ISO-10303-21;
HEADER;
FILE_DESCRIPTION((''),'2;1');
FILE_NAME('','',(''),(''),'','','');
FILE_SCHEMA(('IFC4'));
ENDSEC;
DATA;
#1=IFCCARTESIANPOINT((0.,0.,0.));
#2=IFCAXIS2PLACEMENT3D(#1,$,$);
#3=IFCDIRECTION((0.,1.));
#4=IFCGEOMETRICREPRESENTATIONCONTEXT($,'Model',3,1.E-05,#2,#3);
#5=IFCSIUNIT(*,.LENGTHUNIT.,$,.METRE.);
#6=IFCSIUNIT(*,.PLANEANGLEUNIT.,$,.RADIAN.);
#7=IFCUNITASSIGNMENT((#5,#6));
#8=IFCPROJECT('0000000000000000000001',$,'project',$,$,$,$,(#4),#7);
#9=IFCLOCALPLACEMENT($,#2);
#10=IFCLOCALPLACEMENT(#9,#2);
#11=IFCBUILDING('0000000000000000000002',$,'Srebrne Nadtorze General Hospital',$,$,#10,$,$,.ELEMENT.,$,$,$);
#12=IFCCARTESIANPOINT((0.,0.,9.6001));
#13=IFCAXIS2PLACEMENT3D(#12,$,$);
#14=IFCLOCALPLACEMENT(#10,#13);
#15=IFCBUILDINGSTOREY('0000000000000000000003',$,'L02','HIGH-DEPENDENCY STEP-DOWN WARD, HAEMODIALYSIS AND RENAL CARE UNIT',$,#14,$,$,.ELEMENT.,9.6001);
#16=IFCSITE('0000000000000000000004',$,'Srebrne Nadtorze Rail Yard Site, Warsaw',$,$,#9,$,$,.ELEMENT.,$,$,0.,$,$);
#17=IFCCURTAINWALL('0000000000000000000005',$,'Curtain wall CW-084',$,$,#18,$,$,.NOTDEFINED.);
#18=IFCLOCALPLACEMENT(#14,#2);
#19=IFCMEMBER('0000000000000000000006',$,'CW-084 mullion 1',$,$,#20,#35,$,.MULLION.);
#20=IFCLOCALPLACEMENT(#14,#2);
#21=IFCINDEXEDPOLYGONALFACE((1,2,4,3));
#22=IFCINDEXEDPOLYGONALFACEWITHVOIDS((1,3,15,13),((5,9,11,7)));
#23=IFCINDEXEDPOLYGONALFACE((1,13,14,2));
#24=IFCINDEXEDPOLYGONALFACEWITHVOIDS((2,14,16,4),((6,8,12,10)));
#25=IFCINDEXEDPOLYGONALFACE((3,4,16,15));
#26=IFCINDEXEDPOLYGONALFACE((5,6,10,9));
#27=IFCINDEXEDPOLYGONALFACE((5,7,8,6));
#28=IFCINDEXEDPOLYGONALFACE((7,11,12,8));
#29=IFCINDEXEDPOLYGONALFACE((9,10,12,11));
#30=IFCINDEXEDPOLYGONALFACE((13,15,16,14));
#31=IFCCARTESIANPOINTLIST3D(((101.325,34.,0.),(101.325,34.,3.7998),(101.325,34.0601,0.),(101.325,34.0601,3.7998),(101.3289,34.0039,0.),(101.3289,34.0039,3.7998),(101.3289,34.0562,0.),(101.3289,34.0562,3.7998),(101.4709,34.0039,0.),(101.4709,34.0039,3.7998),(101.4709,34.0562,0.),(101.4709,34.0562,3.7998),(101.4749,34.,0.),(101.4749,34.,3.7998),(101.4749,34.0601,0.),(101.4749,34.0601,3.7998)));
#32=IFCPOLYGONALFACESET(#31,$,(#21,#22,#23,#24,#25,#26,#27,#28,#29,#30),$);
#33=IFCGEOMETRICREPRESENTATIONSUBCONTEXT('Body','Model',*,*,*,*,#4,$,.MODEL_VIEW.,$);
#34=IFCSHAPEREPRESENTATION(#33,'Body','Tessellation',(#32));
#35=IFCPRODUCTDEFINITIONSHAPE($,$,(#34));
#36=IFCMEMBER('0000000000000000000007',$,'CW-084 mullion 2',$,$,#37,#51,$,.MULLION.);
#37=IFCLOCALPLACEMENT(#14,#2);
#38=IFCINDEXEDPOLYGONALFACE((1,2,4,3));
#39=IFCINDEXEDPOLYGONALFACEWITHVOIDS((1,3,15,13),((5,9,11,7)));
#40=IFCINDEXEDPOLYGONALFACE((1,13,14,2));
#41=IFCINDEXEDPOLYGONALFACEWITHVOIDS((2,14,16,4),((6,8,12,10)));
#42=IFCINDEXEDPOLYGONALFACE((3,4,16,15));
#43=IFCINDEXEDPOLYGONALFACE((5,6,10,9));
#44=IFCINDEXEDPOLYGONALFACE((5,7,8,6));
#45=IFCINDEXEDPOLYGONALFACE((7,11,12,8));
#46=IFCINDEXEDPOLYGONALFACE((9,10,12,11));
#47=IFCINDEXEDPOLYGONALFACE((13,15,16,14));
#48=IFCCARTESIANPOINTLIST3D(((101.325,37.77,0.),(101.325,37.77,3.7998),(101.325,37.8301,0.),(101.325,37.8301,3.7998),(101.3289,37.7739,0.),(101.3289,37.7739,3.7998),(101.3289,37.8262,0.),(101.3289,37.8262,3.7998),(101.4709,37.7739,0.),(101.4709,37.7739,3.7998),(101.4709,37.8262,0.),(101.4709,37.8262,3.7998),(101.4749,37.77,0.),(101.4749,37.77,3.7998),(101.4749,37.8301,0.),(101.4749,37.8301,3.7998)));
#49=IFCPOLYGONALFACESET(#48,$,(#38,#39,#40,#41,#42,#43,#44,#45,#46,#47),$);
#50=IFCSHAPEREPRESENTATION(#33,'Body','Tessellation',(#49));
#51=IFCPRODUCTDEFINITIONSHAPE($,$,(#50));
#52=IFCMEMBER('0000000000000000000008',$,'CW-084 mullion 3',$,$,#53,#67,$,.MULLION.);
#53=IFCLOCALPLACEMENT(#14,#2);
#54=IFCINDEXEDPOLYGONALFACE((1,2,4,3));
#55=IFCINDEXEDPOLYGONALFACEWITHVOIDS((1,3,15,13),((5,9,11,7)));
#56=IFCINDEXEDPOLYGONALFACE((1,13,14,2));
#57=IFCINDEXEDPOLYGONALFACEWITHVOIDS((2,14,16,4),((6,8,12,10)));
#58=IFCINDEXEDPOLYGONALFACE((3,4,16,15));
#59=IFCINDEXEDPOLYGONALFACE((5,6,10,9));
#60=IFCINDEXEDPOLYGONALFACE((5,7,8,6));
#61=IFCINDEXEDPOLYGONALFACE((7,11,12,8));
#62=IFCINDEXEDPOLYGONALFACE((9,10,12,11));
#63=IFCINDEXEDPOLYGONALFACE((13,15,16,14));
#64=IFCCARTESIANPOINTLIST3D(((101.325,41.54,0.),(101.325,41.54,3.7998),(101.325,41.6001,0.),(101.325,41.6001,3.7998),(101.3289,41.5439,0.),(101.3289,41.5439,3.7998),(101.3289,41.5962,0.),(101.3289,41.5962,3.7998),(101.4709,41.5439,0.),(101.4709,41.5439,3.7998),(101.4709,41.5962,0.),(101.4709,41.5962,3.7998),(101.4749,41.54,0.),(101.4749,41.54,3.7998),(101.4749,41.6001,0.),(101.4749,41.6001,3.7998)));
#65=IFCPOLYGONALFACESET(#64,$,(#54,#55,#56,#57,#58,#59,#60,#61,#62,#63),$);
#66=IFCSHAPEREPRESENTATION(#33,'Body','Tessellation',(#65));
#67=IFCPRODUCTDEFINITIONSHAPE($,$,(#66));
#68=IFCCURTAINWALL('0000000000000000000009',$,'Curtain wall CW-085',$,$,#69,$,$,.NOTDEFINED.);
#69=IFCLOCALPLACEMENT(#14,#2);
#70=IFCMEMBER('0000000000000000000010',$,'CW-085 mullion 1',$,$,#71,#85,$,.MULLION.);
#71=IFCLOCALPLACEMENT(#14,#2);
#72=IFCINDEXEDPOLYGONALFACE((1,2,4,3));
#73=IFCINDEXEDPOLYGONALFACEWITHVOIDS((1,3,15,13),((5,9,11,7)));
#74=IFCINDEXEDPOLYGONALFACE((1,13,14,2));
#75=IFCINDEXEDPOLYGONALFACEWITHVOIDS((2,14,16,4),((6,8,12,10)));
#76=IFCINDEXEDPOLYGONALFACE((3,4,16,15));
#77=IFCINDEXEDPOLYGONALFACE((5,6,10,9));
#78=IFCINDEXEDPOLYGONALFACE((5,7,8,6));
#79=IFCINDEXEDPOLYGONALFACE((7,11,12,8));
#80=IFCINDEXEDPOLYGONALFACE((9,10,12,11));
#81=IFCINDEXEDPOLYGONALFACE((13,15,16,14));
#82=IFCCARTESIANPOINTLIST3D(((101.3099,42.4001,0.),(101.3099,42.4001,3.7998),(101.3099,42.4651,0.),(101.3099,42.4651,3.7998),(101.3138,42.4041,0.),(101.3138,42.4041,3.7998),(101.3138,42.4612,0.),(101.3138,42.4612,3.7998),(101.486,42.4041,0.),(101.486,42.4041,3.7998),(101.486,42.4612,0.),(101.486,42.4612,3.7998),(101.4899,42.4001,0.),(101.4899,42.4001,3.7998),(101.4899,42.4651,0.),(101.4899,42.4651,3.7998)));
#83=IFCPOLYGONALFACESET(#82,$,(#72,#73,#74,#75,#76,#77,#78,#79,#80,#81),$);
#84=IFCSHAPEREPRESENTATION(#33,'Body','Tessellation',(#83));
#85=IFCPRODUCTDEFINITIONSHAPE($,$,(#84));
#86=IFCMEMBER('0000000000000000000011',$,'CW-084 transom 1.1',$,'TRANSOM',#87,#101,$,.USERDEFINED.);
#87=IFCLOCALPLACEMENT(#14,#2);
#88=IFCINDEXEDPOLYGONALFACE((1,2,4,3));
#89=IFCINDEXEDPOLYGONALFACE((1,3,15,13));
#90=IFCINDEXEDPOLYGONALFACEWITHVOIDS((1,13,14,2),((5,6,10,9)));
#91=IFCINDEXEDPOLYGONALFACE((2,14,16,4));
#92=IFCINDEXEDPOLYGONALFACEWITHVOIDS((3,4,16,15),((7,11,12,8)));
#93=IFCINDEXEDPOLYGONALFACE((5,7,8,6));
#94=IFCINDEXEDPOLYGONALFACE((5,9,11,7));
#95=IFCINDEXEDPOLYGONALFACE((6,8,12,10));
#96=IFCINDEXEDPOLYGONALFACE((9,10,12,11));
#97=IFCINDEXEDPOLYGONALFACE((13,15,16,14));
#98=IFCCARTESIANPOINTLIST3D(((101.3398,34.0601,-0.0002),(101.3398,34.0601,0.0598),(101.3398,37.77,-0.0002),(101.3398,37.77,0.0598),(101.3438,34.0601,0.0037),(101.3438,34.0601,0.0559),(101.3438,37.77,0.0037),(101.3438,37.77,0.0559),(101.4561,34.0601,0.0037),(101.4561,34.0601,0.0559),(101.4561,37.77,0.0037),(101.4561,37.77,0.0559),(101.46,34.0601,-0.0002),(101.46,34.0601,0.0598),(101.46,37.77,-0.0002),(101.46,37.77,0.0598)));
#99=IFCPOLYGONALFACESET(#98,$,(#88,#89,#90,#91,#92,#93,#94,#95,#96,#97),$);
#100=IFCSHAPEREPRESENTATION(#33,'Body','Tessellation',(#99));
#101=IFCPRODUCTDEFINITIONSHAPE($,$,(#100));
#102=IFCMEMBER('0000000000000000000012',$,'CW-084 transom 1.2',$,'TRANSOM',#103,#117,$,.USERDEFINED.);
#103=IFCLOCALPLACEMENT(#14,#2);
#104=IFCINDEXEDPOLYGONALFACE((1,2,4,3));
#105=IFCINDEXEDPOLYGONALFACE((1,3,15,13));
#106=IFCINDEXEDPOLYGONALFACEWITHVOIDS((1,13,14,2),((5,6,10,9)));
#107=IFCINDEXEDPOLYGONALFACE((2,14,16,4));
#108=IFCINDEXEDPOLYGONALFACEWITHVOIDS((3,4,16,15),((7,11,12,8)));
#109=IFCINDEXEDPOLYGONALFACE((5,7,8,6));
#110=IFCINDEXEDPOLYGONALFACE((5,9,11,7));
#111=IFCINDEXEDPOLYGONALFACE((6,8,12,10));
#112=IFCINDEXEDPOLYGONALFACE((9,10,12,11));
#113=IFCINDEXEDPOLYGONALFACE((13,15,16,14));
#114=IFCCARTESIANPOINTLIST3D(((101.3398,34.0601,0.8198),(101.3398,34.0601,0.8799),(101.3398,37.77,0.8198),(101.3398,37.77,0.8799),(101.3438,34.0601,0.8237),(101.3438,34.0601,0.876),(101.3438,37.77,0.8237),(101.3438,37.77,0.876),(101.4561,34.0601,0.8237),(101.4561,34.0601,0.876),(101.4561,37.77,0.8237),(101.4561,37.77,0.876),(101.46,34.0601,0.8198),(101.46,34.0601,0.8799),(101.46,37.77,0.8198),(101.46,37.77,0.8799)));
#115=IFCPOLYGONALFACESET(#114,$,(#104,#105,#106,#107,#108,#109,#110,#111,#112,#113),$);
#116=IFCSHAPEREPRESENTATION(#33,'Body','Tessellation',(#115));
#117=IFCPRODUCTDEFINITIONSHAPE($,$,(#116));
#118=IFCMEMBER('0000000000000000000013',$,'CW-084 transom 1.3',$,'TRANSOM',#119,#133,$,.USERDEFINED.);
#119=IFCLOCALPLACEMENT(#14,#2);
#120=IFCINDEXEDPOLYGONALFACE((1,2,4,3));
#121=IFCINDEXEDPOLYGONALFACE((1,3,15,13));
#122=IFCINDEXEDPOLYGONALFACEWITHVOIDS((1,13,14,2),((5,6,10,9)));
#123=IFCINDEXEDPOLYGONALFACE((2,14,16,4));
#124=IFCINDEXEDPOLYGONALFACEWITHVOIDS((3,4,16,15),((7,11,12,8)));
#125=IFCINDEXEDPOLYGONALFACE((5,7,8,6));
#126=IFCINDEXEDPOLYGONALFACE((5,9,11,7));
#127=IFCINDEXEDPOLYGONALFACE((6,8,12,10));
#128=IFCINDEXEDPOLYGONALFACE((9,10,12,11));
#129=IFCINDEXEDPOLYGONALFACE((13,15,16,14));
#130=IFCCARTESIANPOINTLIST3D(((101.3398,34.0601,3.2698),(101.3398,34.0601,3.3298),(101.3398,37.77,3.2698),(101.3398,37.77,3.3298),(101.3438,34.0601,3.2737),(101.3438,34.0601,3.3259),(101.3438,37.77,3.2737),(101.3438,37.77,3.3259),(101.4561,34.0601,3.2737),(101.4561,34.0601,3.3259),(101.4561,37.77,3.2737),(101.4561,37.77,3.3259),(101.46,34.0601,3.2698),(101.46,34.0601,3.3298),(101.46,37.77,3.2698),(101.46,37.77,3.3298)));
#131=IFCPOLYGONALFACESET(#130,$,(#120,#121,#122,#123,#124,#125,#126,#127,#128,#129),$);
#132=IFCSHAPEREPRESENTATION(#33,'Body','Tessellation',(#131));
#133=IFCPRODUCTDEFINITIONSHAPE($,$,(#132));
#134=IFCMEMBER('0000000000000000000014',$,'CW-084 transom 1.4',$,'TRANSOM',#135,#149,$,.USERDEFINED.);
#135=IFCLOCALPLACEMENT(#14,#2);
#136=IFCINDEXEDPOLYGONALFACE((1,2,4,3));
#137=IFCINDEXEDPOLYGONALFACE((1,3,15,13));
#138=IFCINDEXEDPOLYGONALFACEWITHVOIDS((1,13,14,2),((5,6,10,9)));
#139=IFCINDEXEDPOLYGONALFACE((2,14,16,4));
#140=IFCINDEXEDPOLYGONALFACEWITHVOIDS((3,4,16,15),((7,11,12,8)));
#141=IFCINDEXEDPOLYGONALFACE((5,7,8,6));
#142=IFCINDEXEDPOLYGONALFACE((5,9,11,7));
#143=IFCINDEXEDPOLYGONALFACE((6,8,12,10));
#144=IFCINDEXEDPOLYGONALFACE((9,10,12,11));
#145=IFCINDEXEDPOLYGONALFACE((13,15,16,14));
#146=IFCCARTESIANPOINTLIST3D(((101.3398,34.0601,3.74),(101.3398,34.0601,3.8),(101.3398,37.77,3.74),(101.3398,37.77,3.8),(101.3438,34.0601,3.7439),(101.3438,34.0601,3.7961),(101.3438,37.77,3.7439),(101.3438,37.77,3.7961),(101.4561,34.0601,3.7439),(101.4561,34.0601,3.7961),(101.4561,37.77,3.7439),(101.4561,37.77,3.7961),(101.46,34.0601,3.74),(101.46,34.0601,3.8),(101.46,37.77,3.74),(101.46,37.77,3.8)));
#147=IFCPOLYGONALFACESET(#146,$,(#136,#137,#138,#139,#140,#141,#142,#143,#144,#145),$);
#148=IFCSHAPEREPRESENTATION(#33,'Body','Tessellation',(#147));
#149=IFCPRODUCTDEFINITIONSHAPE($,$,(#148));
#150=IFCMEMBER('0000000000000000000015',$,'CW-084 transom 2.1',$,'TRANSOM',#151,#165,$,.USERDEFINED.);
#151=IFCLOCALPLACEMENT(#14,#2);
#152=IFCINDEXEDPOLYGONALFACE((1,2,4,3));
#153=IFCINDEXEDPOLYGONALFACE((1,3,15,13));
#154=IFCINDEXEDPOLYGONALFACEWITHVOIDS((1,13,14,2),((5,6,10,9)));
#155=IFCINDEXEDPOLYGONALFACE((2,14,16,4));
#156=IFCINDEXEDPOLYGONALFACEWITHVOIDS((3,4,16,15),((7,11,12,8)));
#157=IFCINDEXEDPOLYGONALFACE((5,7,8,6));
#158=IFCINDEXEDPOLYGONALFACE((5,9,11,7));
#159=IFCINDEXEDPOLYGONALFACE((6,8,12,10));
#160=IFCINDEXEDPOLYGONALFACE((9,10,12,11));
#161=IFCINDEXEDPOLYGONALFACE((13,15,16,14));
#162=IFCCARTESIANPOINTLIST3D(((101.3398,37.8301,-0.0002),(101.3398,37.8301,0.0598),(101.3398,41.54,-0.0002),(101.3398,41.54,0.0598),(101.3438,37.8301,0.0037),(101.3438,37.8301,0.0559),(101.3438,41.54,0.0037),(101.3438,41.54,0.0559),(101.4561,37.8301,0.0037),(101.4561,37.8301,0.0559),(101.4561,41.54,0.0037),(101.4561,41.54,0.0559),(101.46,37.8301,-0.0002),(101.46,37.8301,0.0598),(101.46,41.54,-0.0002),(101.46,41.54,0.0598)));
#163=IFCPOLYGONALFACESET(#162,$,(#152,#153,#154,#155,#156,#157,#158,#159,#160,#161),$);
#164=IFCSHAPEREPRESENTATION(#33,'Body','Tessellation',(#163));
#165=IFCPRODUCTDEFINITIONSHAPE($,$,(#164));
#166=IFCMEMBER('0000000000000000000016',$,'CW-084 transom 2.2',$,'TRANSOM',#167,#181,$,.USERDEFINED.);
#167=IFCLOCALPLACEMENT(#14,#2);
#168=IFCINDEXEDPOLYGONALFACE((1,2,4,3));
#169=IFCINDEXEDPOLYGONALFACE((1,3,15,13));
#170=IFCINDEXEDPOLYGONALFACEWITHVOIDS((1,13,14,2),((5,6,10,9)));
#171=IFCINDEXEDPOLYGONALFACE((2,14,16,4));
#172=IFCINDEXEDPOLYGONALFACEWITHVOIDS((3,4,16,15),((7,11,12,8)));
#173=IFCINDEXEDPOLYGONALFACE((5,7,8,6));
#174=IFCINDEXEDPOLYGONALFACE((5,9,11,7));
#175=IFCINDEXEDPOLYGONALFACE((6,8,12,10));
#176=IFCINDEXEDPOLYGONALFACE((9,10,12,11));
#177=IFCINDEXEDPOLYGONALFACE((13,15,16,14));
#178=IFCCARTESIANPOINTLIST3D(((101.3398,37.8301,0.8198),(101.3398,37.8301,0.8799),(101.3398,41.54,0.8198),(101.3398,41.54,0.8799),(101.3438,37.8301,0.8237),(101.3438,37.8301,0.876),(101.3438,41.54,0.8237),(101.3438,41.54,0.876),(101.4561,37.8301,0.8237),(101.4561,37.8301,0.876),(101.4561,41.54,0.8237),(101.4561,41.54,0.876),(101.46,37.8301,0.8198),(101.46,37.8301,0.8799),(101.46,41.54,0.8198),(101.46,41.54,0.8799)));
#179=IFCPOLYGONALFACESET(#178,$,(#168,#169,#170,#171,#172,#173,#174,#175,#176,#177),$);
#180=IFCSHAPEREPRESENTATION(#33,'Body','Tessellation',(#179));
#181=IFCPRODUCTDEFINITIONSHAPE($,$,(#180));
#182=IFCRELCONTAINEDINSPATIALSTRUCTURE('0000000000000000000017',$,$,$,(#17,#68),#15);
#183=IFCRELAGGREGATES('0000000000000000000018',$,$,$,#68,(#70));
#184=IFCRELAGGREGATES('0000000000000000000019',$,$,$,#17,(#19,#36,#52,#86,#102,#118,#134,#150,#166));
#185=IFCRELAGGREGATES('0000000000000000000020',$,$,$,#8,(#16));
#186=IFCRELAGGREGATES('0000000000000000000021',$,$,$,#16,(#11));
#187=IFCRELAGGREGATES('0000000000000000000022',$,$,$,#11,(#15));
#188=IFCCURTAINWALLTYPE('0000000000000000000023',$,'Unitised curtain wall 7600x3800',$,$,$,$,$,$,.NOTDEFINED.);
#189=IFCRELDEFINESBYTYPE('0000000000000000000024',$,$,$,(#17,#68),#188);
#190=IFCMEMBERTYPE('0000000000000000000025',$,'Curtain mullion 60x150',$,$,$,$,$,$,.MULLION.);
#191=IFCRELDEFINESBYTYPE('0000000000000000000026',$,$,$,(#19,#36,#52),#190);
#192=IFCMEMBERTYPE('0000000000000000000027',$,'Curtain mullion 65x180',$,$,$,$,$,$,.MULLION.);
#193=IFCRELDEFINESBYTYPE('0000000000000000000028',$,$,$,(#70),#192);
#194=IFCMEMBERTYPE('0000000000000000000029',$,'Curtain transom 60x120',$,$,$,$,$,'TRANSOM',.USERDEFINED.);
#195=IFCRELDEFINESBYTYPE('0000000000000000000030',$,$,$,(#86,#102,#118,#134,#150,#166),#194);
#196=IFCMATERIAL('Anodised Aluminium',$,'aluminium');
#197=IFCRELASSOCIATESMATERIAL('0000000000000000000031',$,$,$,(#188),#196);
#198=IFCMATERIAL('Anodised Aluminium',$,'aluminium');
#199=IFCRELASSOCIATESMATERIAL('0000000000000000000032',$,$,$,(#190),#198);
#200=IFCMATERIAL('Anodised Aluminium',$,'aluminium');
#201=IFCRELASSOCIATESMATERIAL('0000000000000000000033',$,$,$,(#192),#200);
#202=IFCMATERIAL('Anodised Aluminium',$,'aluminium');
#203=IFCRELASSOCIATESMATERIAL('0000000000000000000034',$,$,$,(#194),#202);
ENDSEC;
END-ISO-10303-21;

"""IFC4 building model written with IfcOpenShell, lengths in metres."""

from ifc_helpers import new_model, si_unit, direction, frame, origin, origin_2d, place, context, subcontext, project, spatial, hollow_rectangle, extrude, material, material_profile, profile_set, type_object, element, aggregate, save


model = new_model("IFC4")

# Units and contexts
model_context = context("Model", 3, precision=1e-05, world=origin(), true_north=direction((0.0, 1.0)))
body_context = subcontext(model_context, "Body", "Model", "MODEL_VIEW")
ifc_project = project(units=[si_unit("LENGTHUNIT", "METRE"), si_unit("PLANEANGLEUNIT", "RADIAN")], contexts=[model_context])

# Site, building, storey
site_placement = place(None, origin())
site = spatial("IfcSite", under=ifc_project, at=site_placement, Name="Srebrne Nadtorze Rail Yard Site, Warsaw", CompositionType="ELEMENT", RefElevation=0.0)
building_placement = place(site_placement, origin())
building = spatial("IfcBuilding", under=site, at=building_placement, Name="Srebrne Nadtorze General Hospital", CompositionType="ELEMENT")
storey_placement = place(building_placement, frame((0.0, 0.0, 9.6001)))
storey = spatial("IfcBuildingStorey", under=building, at=storey_placement, Name="L02", Description="HIGH-DEPENDENCY STEP-DOWN WARD, HAEMODIALYSIS AND RENAL CARE UNIT", CompositionType="ELEMENT", Elevation=9.6001)

# Curtain wall, members
ifc_material_1 = material(Name="Anodised Aluminium", Category="aluminium")
curtain_wall_type = type_object("IfcCurtainWallType", Name="Unitised curtain wall 7600x3800", PredefinedType="NOTDEFINED", material=ifc_material_1)
curtain_wall_1_placement = place(storey_placement, origin())
curtain_wall_1 = element("IfcCurtainWall", 1, at=curtain_wall_1_placement, inside=storey, type_object=curtain_wall_type, Name="Curtain wall CW-084", PredefinedType="NOTDEFINED")
ifc_material_2 = material(Name="Anodised Aluminium", Category="aluminium")
ifc_material_profile_1 = material_profile(ifc_material_2, hollow_rectangle(XDim=0.0601, YDim=0.1499, WallThickness=0.0039, at=origin_2d()), Name="AL-MUL-60x150")
ifc_profile_set_1 = profile_set([ifc_material_profile_1], Name="Anodised Aluminium")
member_type_1 = type_object("IfcMemberType", Name="Curtain mullion 60x150", PredefinedType="MULLION", material=ifc_profile_set_1)
member_1_placement = place(storey_placement, frame((101.3999, 34.03, 0.0), z_axis=(0.0, 0.0, 1.0), x_axis=(0.0, 1.0, 0.0)))
member_1 = element("IfcMember", 2, at=member_1_placement, type_object=member_type_1, Name="CW-084 mullion 1", PredefinedType="MULLION", context=body_context, shape_type="SweptSolid", body=[
    extrude(hollow_rectangle(XDim=0.0601, YDim=0.1499, WallThickness=0.0039, at=origin_2d()), origin(), (0.0, 0.0, 1.0), 3.7998),
])
member_2_placement = place(storey_placement, frame((101.3999, 37.8, 0.0), z_axis=(0.0, 0.0, 1.0), x_axis=(0.0, 1.0, 0.0)))
member_2 = element("IfcMember", 3, at=member_2_placement, type_object=member_type_1, Name="CW-084 mullion 2", PredefinedType="MULLION", context=body_context, shape_type="SweptSolid", body=[
    extrude(hollow_rectangle(XDim=0.0601, YDim=0.1499, WallThickness=0.0039, at=origin_2d()), origin(), (0.0, 0.0, 1.0), 3.7998),
])
member_3_placement = place(storey_placement, frame((101.3999, 41.5701, 0.0), z_axis=(0.0, 0.0, 1.0), x_axis=(0.0, 1.0, 0.0)))
member_3 = element("IfcMember", 4, at=member_3_placement, type_object=member_type_1, Name="CW-084 mullion 3", PredefinedType="MULLION", context=body_context, shape_type="SweptSolid", body=[
    extrude(hollow_rectangle(XDim=0.0601, YDim=0.1499, WallThickness=0.0039, at=origin_2d()), origin(), (0.0, 0.0, 1.0), 3.7998),
])

# Curtain wall, member
curtain_wall_2_placement = place(storey_placement, origin())
curtain_wall_2 = element("IfcCurtainWall", 5, at=curtain_wall_2_placement, inside=storey, type_object=curtain_wall_type, Name="Curtain wall CW-085", PredefinedType="NOTDEFINED")
ifc_material_3 = material(Name="Anodised Aluminium", Category="aluminium")
ifc_material_profile_2 = material_profile(ifc_material_3, hollow_rectangle(XDim=0.0649, YDim=0.1799, WallThickness=0.0039, at=origin_2d()), Name="AL-MUL-65x180")
ifc_profile_set_2 = profile_set([ifc_material_profile_2], Name="Anodised Aluminium")
member_type_2 = type_object("IfcMemberType", Name="Curtain mullion 65x180", PredefinedType="MULLION", material=ifc_profile_set_2)
member_4_placement = place(storey_placement, frame((101.3999, 42.4326, 0.0), z_axis=(0.0, 0.0, 1.0), x_axis=(0.0, 1.0, 0.0)))
member_4 = element("IfcMember", 6, at=member_4_placement, type_object=member_type_2, Name="CW-085 mullion 1", PredefinedType="MULLION", context=body_context, shape_type="SweptSolid", body=[
    extrude(hollow_rectangle(XDim=0.0649, YDim=0.1799, WallThickness=0.0039, at=origin_2d()), origin(), (0.0, 0.0, 1.0), 3.7998),
])
aggregate(curtain_wall_2, [member_4])

# Members
ifc_material_4 = material(Name="Anodised Aluminium", Category="aluminium")
ifc_material_profile_3 = material_profile(ifc_material_4, hollow_rectangle(XDim=0.0601, YDim=0.1201, WallThickness=0.0039, at=origin_2d()), Name="AL-TRN-60x120")
ifc_profile_set_3 = profile_set([ifc_material_profile_3], Name="Anodised Aluminium")
member_type_3 = type_object("IfcMemberType", Name="Curtain transom 60x120", ElementType="TRANSOM", PredefinedType="USERDEFINED", material=ifc_profile_set_3)
member_5_placement = place(storey_placement, frame((101.3999, 34.0601, 0.0298), z_axis=(0.0, 1.0, 0.0), x_axis=(0.0, 0.0, 1.0)))
member_5 = element("IfcMember", 7, at=member_5_placement, type_object=member_type_3, Name="CW-084 transom 1.1", ObjectType="TRANSOM", PredefinedType="USERDEFINED", context=body_context, shape_type="SweptSolid", body=[
    extrude(hollow_rectangle(XDim=0.0601, YDim=0.1201, WallThickness=0.0039, at=origin_2d()), origin(), (0.0, 0.0, 1.0), 3.71),
])
member_6_placement = place(storey_placement, frame((101.3999, 34.0601, 0.8499), z_axis=(0.0, 1.0, 0.0), x_axis=(0.0, 0.0, 1.0)))
member_6 = element("IfcMember", 8, at=member_6_placement, type_object=member_type_3, Name="CW-084 transom 1.2", ObjectType="TRANSOM", PredefinedType="USERDEFINED", context=body_context, shape_type="SweptSolid", body=[
    extrude(hollow_rectangle(XDim=0.0601, YDim=0.1201, WallThickness=0.0039, at=origin_2d()), origin(), (0.0, 0.0, 1.0), 3.71),
])
member_7_placement = place(storey_placement, frame((101.3999, 34.0601, 3.2998), z_axis=(0.0, 1.0, 0.0), x_axis=(0.0, 0.0, 1.0)))
member_7 = element("IfcMember", 9, at=member_7_placement, type_object=member_type_3, Name="CW-084 transom 1.3", ObjectType="TRANSOM", PredefinedType="USERDEFINED", context=body_context, shape_type="SweptSolid", body=[
    extrude(hollow_rectangle(XDim=0.0601, YDim=0.1201, WallThickness=0.0039, at=origin_2d()), origin(), (0.0, 0.0, 1.0), 3.71),
])
member_8_placement = place(storey_placement, frame((101.3999, 34.0601, 3.77), z_axis=(0.0, 1.0, 0.0), x_axis=(0.0, 0.0, 1.0)))
member_8 = element("IfcMember", 10, at=member_8_placement, type_object=member_type_3, Name="CW-084 transom 1.4", ObjectType="TRANSOM", PredefinedType="USERDEFINED", context=body_context, shape_type="SweptSolid", body=[
    extrude(hollow_rectangle(XDim=0.0601, YDim=0.1201, WallThickness=0.0039, at=origin_2d()), origin(), (0.0, 0.0, 1.0), 3.71),
])
member_9_placement = place(storey_placement, frame((101.3999, 37.8301, 0.0298), z_axis=(0.0, 1.0, 0.0), x_axis=(0.0, 0.0, 1.0)))
member_9 = element("IfcMember", 11, at=member_9_placement, type_object=member_type_3, Name="CW-084 transom 2.1", ObjectType="TRANSOM", PredefinedType="USERDEFINED", context=body_context, shape_type="SweptSolid", body=[
    extrude(hollow_rectangle(XDim=0.0601, YDim=0.1201, WallThickness=0.0039, at=origin_2d()), origin(), (0.0, 0.0, 1.0), 3.71),
])
member_10_placement = place(storey_placement, frame((101.3999, 37.8301, 0.8499), z_axis=(0.0, 1.0, 0.0), x_axis=(0.0, 0.0, 1.0)))
member_10 = element("IfcMember", 12, at=member_10_placement, type_object=member_type_3, Name="CW-084 transom 2.2", ObjectType="TRANSOM", PredefinedType="USERDEFINED", context=body_context, shape_type="SweptSolid", body=[
    extrude(hollow_rectangle(XDim=0.0601, YDim=0.1201, WallThickness=0.0039, at=origin_2d()), origin(), (0.0, 0.0, 1.0), 3.71),
])

aggregate(curtain_wall_1, [member_1, member_2, member_3, member_5, member_6, member_7, member_8, member_9, member_10])

save(model, "model.ifc")
